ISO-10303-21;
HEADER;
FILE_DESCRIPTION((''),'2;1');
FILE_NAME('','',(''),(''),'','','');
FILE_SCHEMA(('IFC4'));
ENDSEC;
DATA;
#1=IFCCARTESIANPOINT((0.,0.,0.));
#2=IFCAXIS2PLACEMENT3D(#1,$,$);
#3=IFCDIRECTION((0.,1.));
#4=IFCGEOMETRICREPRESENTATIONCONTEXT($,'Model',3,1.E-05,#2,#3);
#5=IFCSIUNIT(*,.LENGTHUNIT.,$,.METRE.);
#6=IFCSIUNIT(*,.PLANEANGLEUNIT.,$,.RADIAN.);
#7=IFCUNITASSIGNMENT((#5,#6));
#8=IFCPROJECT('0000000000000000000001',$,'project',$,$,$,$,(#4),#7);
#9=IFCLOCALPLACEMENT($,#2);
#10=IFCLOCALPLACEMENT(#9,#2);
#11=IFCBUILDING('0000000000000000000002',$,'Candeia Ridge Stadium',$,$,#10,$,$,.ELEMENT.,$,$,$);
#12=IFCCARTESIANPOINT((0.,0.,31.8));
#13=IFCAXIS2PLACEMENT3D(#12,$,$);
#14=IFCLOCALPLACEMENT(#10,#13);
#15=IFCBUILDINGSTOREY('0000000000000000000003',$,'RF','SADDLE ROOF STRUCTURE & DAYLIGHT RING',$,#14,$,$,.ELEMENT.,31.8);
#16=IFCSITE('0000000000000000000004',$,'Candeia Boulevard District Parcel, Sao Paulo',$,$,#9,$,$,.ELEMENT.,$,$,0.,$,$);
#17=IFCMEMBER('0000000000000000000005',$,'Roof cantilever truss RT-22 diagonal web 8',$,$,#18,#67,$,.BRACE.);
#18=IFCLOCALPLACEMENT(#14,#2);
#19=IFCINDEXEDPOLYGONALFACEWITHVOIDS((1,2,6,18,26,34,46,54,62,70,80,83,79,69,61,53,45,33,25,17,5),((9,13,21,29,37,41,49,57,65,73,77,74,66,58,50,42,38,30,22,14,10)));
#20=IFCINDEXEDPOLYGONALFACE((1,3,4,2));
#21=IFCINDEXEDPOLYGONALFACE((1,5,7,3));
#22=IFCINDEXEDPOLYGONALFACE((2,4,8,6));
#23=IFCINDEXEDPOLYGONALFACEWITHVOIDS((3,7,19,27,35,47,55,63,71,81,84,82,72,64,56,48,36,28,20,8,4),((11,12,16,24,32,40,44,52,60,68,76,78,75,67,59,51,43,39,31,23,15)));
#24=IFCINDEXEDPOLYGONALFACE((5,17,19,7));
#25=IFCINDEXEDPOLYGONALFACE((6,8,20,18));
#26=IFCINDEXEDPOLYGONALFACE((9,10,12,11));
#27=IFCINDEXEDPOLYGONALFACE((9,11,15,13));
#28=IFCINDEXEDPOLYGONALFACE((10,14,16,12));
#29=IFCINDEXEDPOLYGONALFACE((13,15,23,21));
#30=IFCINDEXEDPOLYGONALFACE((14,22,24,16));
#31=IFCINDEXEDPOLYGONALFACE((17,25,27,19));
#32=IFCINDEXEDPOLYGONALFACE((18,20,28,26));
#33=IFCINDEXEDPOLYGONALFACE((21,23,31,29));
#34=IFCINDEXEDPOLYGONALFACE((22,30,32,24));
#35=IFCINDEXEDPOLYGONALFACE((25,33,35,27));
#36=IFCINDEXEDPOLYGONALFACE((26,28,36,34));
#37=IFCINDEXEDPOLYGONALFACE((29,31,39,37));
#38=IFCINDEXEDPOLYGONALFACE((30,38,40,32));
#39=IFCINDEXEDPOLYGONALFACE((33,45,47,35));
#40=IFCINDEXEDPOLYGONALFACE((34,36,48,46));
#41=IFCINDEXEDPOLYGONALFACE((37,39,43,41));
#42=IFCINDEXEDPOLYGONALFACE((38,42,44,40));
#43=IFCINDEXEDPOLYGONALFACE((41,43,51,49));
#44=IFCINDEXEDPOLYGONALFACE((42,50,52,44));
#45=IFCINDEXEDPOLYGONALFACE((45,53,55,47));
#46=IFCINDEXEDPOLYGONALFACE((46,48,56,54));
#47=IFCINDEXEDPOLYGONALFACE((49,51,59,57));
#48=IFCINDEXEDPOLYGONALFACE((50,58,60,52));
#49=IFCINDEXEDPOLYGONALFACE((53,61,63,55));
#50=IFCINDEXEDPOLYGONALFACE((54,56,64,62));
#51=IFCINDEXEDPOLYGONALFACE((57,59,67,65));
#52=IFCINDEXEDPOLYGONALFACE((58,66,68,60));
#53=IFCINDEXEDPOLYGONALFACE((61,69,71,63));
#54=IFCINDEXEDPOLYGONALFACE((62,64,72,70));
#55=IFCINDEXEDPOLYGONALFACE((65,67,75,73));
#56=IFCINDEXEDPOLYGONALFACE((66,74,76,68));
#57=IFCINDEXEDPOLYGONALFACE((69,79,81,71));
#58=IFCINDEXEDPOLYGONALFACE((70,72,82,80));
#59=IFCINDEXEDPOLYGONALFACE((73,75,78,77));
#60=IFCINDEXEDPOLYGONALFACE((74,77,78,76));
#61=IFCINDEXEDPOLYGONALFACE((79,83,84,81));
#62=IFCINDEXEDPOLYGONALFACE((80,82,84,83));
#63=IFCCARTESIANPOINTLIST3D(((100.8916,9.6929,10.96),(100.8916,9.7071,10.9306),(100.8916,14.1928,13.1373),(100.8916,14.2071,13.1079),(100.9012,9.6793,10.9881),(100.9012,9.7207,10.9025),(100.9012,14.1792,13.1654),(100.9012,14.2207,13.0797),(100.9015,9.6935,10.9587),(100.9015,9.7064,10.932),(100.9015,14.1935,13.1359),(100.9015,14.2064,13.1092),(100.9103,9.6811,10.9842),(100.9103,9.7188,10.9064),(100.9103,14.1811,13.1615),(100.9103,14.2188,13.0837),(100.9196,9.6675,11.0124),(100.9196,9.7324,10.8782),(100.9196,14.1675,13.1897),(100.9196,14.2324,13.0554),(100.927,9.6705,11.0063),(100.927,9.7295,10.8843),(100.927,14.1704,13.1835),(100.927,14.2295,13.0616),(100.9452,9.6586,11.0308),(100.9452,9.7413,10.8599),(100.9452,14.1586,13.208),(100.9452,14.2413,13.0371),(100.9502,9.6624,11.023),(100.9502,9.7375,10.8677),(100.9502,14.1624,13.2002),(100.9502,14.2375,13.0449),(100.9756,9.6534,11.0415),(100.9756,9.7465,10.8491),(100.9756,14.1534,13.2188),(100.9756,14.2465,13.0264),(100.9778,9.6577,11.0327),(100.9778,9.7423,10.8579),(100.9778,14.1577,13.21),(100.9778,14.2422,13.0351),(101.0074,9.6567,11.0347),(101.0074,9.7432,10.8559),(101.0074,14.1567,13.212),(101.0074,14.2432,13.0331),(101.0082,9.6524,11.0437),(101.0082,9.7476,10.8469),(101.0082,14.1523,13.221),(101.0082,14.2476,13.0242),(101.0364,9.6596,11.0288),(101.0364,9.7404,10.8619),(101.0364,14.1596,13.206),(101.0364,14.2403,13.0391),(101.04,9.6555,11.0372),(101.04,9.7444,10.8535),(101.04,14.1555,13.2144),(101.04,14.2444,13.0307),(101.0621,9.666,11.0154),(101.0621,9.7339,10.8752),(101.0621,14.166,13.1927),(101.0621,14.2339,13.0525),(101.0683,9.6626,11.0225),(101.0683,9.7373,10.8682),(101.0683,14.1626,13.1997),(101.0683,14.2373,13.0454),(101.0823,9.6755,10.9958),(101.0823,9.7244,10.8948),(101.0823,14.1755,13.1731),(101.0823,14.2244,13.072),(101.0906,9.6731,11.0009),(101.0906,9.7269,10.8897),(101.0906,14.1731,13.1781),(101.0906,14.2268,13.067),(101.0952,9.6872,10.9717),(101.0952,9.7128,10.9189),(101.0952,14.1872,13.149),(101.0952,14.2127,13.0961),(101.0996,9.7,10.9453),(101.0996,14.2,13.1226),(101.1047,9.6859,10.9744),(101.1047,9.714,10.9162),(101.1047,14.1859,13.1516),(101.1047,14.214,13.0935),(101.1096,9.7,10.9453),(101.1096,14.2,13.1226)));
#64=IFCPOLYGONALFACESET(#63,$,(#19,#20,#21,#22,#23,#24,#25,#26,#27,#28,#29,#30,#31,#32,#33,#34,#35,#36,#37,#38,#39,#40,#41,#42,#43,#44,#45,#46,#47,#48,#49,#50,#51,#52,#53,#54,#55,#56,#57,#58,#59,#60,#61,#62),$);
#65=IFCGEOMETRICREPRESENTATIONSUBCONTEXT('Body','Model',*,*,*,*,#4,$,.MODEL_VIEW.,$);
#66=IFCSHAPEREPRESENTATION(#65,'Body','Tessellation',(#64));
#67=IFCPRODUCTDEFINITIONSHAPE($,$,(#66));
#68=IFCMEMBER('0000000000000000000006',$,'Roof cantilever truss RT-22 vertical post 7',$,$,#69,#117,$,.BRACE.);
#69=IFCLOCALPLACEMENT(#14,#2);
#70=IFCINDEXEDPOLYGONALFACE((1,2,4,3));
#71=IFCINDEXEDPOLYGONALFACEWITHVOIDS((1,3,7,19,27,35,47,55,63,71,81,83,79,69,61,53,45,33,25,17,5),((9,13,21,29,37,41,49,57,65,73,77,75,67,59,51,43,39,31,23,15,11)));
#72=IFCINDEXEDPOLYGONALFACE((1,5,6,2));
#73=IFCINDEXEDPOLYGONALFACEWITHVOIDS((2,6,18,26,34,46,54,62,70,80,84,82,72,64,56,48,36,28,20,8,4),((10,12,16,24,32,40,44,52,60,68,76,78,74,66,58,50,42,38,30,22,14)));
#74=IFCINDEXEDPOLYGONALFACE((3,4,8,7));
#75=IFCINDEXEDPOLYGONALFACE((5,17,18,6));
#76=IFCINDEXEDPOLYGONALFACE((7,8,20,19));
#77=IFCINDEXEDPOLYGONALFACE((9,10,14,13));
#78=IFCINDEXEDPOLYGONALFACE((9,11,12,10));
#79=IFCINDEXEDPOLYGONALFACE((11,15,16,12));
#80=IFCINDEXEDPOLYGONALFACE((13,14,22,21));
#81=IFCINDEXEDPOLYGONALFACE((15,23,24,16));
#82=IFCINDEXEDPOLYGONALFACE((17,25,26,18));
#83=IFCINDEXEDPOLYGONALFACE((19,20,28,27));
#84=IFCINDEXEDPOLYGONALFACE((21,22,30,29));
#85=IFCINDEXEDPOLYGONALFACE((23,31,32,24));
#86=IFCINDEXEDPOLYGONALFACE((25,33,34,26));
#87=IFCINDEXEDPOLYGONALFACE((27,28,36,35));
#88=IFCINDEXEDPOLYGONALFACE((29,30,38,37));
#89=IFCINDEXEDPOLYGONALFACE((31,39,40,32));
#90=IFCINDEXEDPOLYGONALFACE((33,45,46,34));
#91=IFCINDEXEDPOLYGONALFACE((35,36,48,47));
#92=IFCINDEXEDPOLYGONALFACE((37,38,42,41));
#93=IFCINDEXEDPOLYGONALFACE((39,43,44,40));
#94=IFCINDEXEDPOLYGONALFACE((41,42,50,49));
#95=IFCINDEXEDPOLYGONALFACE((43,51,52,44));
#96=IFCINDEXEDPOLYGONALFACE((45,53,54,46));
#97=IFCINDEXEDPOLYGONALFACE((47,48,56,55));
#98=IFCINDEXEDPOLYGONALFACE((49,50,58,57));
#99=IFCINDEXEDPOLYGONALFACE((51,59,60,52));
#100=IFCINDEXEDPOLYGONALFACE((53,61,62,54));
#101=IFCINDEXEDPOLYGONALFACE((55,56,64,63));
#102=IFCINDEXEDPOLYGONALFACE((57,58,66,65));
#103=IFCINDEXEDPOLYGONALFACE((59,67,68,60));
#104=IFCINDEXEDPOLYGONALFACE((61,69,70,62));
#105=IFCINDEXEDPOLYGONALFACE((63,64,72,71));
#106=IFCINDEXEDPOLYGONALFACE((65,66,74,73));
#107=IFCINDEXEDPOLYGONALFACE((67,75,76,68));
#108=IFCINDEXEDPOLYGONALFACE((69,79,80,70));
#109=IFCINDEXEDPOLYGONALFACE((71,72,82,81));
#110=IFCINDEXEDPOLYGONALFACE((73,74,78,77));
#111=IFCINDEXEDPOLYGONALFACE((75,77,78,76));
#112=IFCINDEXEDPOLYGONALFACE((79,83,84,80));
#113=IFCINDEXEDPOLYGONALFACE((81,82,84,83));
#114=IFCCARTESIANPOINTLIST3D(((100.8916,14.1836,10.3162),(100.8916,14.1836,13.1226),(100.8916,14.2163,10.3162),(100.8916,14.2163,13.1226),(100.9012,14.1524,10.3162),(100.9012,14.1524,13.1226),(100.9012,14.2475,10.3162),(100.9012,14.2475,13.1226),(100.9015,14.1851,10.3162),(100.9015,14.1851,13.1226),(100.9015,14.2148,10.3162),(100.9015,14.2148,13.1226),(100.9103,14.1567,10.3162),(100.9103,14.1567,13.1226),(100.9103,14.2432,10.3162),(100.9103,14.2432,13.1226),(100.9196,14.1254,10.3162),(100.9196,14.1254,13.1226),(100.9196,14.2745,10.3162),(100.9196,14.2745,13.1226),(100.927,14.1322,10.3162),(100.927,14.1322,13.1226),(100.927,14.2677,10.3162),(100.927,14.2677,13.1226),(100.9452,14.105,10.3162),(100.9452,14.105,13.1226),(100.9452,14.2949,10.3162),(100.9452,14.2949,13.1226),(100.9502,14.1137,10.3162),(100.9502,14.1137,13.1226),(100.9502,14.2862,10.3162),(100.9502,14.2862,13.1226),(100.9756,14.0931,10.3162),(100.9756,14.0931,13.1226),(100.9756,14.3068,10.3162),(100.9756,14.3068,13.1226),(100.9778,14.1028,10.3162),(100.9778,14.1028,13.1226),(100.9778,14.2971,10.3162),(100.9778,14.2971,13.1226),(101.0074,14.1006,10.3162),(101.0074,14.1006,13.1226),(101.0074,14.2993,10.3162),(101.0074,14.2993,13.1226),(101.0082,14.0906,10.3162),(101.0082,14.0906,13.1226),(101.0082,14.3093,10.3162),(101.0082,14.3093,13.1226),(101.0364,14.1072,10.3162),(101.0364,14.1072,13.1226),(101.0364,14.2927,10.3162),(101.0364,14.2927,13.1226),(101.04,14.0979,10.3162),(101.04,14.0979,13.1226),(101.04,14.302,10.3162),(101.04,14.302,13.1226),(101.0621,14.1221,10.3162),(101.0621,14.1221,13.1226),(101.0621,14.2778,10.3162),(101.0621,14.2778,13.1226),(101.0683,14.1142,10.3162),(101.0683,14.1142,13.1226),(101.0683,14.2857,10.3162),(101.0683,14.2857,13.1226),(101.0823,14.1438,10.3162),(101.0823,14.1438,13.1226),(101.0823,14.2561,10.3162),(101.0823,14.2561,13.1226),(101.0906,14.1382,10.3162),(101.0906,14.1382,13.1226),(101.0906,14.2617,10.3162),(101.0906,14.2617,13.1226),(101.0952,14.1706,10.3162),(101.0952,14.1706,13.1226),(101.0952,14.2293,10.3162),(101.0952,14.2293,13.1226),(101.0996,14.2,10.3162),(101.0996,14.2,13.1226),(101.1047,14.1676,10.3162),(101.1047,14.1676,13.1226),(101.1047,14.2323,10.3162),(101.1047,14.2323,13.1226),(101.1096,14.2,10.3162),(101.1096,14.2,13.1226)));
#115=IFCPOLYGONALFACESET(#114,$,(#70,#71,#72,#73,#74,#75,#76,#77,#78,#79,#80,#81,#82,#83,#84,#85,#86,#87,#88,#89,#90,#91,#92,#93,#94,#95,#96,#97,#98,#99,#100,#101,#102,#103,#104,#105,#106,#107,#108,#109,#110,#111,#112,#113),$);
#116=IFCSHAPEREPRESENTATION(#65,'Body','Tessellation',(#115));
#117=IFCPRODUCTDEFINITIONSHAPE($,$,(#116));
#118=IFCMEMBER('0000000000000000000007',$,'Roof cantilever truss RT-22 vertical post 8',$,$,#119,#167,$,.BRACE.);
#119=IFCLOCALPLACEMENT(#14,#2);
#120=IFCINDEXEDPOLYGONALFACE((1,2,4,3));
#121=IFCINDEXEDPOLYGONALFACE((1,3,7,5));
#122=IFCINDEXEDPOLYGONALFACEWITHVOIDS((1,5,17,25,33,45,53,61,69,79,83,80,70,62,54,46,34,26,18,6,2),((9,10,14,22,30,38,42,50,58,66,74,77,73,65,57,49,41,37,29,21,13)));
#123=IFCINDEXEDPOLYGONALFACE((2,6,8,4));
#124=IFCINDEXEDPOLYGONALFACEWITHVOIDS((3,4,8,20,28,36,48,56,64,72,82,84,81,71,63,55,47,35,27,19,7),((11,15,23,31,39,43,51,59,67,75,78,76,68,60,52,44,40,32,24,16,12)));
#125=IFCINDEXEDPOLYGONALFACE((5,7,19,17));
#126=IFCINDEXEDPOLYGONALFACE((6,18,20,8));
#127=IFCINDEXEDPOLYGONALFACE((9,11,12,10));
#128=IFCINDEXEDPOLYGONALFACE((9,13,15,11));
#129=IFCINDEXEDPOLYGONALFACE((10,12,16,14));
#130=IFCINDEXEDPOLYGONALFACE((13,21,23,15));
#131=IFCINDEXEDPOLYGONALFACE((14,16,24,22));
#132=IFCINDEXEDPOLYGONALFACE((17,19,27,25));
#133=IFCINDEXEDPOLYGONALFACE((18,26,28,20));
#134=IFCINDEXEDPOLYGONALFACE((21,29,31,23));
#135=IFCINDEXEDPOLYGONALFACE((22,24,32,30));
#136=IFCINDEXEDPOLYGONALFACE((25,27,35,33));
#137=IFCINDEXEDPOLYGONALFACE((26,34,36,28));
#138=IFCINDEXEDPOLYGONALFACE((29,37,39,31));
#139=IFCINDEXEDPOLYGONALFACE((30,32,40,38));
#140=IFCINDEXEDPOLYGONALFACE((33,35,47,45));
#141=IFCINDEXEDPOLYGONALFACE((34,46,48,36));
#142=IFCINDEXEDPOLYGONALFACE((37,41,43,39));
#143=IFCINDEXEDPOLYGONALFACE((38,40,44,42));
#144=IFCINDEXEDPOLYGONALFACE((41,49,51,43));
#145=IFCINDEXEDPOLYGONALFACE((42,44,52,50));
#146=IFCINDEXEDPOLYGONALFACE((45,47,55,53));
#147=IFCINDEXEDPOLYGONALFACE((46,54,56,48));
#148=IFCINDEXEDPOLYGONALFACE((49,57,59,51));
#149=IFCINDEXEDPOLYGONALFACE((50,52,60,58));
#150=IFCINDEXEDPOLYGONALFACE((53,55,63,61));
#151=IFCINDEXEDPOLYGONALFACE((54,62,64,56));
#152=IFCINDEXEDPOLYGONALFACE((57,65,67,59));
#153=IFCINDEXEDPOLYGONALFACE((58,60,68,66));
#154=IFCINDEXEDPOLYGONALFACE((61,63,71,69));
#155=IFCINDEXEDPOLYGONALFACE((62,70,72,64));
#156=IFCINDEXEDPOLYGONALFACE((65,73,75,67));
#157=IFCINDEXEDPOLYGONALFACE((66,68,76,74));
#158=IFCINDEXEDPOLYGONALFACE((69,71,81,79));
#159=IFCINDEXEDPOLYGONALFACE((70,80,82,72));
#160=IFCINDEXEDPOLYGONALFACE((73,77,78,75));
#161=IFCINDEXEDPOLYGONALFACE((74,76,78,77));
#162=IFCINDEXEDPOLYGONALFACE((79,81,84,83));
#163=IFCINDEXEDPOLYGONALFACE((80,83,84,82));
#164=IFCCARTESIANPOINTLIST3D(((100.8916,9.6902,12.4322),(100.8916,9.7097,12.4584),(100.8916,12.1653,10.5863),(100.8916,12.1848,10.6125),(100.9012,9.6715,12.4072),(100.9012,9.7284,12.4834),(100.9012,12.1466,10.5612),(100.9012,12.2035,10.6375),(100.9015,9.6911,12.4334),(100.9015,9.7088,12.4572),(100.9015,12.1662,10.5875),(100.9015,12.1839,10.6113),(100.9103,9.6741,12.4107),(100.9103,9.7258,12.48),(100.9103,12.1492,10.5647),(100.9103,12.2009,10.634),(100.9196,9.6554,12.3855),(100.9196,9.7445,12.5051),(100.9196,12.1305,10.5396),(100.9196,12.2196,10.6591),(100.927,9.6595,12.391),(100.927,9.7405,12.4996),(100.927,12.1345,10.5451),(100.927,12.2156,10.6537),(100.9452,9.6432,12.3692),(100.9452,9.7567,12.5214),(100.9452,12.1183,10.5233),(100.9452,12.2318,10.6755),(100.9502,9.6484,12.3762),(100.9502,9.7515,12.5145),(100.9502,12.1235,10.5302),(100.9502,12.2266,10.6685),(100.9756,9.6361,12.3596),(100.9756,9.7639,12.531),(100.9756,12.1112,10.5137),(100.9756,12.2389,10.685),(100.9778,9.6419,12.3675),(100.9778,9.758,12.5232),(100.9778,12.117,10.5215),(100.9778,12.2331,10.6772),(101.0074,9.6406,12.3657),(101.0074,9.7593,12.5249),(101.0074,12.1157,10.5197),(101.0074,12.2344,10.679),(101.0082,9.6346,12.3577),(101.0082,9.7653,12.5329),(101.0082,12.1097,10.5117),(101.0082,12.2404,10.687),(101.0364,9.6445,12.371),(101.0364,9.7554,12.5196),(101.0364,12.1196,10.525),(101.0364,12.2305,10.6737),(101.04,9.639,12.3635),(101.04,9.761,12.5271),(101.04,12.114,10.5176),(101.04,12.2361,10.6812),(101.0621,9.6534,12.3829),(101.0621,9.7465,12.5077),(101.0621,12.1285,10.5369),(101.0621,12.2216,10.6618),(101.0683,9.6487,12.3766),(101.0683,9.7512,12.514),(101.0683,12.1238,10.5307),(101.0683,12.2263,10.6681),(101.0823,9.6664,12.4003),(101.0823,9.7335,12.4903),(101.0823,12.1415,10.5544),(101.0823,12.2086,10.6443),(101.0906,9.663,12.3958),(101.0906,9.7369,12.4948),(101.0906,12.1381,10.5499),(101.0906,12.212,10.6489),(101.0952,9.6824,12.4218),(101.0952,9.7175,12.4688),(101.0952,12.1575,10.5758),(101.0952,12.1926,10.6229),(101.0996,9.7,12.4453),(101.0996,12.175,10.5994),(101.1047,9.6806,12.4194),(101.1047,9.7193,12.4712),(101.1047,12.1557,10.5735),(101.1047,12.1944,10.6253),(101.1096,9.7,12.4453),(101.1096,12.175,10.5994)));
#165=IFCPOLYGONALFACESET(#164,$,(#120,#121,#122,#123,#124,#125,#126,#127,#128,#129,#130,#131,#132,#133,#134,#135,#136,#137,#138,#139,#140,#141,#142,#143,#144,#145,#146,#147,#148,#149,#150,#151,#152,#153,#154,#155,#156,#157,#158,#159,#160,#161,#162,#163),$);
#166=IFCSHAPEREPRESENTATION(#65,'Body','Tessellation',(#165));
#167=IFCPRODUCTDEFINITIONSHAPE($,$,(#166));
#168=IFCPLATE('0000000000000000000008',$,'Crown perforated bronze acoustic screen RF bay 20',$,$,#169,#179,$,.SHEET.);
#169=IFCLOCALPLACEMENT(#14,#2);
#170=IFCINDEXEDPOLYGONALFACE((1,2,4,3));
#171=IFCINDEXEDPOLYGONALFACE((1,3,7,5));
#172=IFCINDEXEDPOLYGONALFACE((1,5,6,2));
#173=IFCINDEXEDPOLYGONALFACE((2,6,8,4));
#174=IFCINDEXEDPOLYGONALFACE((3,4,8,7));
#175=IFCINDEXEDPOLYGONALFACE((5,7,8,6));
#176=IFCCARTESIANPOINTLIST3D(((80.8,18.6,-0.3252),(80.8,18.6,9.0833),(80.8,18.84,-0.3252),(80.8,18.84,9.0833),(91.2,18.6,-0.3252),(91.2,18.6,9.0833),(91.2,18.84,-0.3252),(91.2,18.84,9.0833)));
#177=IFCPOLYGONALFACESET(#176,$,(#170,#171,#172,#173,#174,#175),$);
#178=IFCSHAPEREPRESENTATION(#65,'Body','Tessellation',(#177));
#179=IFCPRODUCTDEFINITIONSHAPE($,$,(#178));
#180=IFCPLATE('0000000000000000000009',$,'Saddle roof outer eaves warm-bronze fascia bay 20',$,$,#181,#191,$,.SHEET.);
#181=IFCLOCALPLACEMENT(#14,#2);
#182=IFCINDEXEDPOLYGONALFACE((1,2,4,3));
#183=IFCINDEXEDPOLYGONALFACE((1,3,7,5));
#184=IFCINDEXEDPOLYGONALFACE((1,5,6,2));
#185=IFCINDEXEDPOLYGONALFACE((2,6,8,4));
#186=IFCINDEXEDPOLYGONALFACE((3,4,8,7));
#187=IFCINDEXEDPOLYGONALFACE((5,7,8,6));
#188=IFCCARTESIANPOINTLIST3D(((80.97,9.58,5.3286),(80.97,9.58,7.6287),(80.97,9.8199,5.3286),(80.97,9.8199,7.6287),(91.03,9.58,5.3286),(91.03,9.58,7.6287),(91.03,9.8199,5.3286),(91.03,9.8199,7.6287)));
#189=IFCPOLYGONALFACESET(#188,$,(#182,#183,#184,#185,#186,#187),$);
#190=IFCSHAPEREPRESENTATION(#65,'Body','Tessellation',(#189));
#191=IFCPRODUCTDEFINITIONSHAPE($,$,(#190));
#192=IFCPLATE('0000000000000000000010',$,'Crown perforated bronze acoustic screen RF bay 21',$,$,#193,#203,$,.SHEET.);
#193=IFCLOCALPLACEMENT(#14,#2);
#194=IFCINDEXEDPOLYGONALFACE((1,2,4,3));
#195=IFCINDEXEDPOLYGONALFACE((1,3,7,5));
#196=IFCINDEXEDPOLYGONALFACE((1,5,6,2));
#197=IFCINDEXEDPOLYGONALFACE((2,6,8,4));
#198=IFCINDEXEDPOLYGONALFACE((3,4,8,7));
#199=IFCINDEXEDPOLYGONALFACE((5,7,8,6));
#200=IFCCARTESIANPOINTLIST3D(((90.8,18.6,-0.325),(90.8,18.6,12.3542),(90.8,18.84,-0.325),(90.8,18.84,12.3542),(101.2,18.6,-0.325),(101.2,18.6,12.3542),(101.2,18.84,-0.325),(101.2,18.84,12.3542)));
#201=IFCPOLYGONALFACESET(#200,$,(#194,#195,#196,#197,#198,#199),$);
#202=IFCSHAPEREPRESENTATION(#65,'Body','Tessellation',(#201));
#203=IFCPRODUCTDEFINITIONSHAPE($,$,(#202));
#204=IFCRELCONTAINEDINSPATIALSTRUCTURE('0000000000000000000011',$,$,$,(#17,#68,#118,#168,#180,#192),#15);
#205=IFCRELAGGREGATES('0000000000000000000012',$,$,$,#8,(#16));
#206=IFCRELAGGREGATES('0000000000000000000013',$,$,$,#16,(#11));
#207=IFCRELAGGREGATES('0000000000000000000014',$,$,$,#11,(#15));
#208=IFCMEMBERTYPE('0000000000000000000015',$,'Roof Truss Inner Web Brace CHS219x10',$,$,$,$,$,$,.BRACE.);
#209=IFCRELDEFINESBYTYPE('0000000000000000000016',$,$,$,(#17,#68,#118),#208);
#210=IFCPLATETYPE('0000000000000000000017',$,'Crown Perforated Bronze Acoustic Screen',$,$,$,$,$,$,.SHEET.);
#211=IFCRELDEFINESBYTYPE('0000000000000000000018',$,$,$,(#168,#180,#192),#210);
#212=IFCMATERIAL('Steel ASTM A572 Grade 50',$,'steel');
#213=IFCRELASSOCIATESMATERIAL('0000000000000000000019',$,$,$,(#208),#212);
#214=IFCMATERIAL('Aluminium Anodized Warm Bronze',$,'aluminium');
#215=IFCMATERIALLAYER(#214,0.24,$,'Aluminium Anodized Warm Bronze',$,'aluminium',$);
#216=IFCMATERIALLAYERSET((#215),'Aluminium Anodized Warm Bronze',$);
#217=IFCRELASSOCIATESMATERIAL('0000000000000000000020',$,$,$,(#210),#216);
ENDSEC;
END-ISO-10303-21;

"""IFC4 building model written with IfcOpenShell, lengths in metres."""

from ifc_helpers import new_model, si_unit, direction, frame, origin, origin_2d, place, context, subcontext, project, spatial, rectangle, hollow_circle, extrude, material, layer, layer_set, material_profile, profile_set, type_object, element, save


model = new_model("IFC4")

# Units and contexts
model_context = context("Model", 3, precision=1e-05, world=origin(), true_north=direction((0.0, 1.0)))
body_context = subcontext(model_context, "Body", "Model", "MODEL_VIEW")
ifc_project = project(units=[si_unit("LENGTHUNIT", "METRE"), si_unit("PLANEANGLEUNIT", "RADIAN")], contexts=[model_context])

# Site, building, storey
site_placement = place(None, origin())
site = spatial("IfcSite", under=ifc_project, at=site_placement, Name="Candeia Boulevard District Parcel, Sao Paulo", CompositionType="ELEMENT", RefElevation=0.0)
building_placement = place(site_placement, origin())
building = spatial("IfcBuilding", under=site, at=building_placement, Name="Candeia Ridge Stadium", CompositionType="ELEMENT")
storey_placement = place(building_placement, frame((0.0, 0.0, 31.8)))
storey = spatial("IfcBuildingStorey", under=building, at=storey_placement, Name="RF", Description="SADDLE ROOF STRUCTURE & DAYLIGHT RING", CompositionType="ELEMENT", Elevation=31.8)

# Shared definitions
ifc_material_1 = material(Name="Steel ASTM A572 Grade 50", Category="steel")

# Members
ifc_material_profile_1 = material_profile(ifc_material_1, hollow_circle(Radius=0.1096, WallThickness=0.01, at=origin_2d()), Name="CHS219x10", Category="steel")
ifc_profile_set_1 = profile_set([ifc_material_profile_1], Name="Steel ASTM A572 Grade 50")
member_type_1 = type_object("IfcMemberType", Name="Roof Truss Inner Web Brace CHS219x10", PredefinedType="BRACE", material=ifc_profile_set_1)
member_1_placement = place(storey_placement, frame((101.0, 14.2, 13.1226), z_axis=(0.0, -0.900173, -0.435533), x_axis=(1.0, 0.0, 0.0)))
element("IfcMember", 1, at=member_1_placement, inside=storey, type_object=member_type_1, Name="Roof cantilever truss RT-22 diagonal web 8", PredefinedType="BRACE", context=body_context, shape_type="SweptSolid", body=[
    extrude(hollow_circle(Radius=0.1096, WallThickness=0.01, at=origin_2d()), origin(), (0.0, 0.0, 1.0), 4.999),
])
member_2_placement = place(storey_placement, frame((101.0, 14.2, 10.3162), z_axis=(0.0, 0.0, 1.0), x_axis=(1.0, 0.0, 0.0)))
element("IfcMember", 2, at=member_2_placement, inside=storey, type_object=member_type_1, Name="Roof cantilever truss RT-22 vertical post 7", PredefinedType="BRACE", context=body_context, shape_type="SweptSolid", body=[
    extrude(hollow_circle(Radius=0.1096, WallThickness=0.01, at=origin_2d()), origin(), (0.0, 0.0, 1.0), 2.8064),
])
member_3_placement = place(storey_placement, frame((101.0, 12.175, 10.5994), z_axis=(0.0, -0.80161, 0.597847), x_axis=(1.0, 0.0, 0.0)))
element("IfcMember", 3, at=member_3_placement, inside=storey, type_object=member_type_1, Name="Roof cantilever truss RT-22 vertical post 8", PredefinedType="BRACE", context=body_context, shape_type="SweptSolid", body=[
    extrude(hollow_circle(Radius=0.1096, WallThickness=0.01, at=origin_2d()), origin(), (0.0, 0.0, 1.0), 3.0876),
])

# Plates
ifc_material_2 = material(Name="Aluminium Anodized Warm Bronze", Category="aluminium")
ifc_layer_1 = layer(ifc_material_2, 0.24, Name="Aluminium Anodized Warm Bronze", Category="aluminium")
ifc_layer_set_1 = layer_set([ifc_layer_1], Name="Aluminium Anodized Warm Bronze")
plate_type_1 = type_object("IfcPlateType", Name="Crown Perforated Bronze Acoustic Screen", PredefinedType="SHEET", material=ifc_layer_set_1)
plate_1_placement = place(storey_placement, frame((86.0, 18.72, -0.3252), z_axis=(0.0, 0.0, 1.0), x_axis=(1.0, 0.0, 0.0)))
element("IfcPlate", 4, at=plate_1_placement, inside=storey, type_object=plate_type_1, Name="Crown perforated bronze acoustic screen RF bay 20", PredefinedType="SHEET", context=body_context, shape_type="SweptSolid", body=[
    extrude(rectangle(XDim=10.3999, YDim=0.24, at=origin_2d()), origin(), (0.0, 0.0, 1.0), 9.4084),
])
plate_2_placement = place(storey_placement, frame((86.0, 9.7, 5.3286), z_axis=(0.0, 0.0, 1.0), x_axis=(1.0, 0.0, 0.0)))
element("IfcPlate", 5, at=plate_2_placement, inside=storey, type_object=plate_type_1, Name="Saddle roof outer eaves warm-bronze fascia bay 20", PredefinedType="SHEET", context=body_context, shape_type="SweptSolid", body=[
    extrude(rectangle(XDim=10.0601, YDim=0.24, at=origin_2d()), origin(), (0.0, 0.0, 1.0), 2.3),
])
plate_3_placement = place(storey_placement, frame((96.0, 18.72, -0.325), z_axis=(0.0, 0.0, 1.0), x_axis=(1.0, 0.0, 0.0)))
element("IfcPlate", 6, at=plate_3_placement, inside=storey, type_object=plate_type_1, Name="Crown perforated bronze acoustic screen RF bay 21", PredefinedType="SHEET", context=body_context, shape_type="SweptSolid", body=[
    extrude(rectangle(XDim=10.3999, YDim=0.24, at=origin_2d()), origin(), (0.0, 0.0, 1.0), 12.6792),
])

save(model, "model.ifc")
